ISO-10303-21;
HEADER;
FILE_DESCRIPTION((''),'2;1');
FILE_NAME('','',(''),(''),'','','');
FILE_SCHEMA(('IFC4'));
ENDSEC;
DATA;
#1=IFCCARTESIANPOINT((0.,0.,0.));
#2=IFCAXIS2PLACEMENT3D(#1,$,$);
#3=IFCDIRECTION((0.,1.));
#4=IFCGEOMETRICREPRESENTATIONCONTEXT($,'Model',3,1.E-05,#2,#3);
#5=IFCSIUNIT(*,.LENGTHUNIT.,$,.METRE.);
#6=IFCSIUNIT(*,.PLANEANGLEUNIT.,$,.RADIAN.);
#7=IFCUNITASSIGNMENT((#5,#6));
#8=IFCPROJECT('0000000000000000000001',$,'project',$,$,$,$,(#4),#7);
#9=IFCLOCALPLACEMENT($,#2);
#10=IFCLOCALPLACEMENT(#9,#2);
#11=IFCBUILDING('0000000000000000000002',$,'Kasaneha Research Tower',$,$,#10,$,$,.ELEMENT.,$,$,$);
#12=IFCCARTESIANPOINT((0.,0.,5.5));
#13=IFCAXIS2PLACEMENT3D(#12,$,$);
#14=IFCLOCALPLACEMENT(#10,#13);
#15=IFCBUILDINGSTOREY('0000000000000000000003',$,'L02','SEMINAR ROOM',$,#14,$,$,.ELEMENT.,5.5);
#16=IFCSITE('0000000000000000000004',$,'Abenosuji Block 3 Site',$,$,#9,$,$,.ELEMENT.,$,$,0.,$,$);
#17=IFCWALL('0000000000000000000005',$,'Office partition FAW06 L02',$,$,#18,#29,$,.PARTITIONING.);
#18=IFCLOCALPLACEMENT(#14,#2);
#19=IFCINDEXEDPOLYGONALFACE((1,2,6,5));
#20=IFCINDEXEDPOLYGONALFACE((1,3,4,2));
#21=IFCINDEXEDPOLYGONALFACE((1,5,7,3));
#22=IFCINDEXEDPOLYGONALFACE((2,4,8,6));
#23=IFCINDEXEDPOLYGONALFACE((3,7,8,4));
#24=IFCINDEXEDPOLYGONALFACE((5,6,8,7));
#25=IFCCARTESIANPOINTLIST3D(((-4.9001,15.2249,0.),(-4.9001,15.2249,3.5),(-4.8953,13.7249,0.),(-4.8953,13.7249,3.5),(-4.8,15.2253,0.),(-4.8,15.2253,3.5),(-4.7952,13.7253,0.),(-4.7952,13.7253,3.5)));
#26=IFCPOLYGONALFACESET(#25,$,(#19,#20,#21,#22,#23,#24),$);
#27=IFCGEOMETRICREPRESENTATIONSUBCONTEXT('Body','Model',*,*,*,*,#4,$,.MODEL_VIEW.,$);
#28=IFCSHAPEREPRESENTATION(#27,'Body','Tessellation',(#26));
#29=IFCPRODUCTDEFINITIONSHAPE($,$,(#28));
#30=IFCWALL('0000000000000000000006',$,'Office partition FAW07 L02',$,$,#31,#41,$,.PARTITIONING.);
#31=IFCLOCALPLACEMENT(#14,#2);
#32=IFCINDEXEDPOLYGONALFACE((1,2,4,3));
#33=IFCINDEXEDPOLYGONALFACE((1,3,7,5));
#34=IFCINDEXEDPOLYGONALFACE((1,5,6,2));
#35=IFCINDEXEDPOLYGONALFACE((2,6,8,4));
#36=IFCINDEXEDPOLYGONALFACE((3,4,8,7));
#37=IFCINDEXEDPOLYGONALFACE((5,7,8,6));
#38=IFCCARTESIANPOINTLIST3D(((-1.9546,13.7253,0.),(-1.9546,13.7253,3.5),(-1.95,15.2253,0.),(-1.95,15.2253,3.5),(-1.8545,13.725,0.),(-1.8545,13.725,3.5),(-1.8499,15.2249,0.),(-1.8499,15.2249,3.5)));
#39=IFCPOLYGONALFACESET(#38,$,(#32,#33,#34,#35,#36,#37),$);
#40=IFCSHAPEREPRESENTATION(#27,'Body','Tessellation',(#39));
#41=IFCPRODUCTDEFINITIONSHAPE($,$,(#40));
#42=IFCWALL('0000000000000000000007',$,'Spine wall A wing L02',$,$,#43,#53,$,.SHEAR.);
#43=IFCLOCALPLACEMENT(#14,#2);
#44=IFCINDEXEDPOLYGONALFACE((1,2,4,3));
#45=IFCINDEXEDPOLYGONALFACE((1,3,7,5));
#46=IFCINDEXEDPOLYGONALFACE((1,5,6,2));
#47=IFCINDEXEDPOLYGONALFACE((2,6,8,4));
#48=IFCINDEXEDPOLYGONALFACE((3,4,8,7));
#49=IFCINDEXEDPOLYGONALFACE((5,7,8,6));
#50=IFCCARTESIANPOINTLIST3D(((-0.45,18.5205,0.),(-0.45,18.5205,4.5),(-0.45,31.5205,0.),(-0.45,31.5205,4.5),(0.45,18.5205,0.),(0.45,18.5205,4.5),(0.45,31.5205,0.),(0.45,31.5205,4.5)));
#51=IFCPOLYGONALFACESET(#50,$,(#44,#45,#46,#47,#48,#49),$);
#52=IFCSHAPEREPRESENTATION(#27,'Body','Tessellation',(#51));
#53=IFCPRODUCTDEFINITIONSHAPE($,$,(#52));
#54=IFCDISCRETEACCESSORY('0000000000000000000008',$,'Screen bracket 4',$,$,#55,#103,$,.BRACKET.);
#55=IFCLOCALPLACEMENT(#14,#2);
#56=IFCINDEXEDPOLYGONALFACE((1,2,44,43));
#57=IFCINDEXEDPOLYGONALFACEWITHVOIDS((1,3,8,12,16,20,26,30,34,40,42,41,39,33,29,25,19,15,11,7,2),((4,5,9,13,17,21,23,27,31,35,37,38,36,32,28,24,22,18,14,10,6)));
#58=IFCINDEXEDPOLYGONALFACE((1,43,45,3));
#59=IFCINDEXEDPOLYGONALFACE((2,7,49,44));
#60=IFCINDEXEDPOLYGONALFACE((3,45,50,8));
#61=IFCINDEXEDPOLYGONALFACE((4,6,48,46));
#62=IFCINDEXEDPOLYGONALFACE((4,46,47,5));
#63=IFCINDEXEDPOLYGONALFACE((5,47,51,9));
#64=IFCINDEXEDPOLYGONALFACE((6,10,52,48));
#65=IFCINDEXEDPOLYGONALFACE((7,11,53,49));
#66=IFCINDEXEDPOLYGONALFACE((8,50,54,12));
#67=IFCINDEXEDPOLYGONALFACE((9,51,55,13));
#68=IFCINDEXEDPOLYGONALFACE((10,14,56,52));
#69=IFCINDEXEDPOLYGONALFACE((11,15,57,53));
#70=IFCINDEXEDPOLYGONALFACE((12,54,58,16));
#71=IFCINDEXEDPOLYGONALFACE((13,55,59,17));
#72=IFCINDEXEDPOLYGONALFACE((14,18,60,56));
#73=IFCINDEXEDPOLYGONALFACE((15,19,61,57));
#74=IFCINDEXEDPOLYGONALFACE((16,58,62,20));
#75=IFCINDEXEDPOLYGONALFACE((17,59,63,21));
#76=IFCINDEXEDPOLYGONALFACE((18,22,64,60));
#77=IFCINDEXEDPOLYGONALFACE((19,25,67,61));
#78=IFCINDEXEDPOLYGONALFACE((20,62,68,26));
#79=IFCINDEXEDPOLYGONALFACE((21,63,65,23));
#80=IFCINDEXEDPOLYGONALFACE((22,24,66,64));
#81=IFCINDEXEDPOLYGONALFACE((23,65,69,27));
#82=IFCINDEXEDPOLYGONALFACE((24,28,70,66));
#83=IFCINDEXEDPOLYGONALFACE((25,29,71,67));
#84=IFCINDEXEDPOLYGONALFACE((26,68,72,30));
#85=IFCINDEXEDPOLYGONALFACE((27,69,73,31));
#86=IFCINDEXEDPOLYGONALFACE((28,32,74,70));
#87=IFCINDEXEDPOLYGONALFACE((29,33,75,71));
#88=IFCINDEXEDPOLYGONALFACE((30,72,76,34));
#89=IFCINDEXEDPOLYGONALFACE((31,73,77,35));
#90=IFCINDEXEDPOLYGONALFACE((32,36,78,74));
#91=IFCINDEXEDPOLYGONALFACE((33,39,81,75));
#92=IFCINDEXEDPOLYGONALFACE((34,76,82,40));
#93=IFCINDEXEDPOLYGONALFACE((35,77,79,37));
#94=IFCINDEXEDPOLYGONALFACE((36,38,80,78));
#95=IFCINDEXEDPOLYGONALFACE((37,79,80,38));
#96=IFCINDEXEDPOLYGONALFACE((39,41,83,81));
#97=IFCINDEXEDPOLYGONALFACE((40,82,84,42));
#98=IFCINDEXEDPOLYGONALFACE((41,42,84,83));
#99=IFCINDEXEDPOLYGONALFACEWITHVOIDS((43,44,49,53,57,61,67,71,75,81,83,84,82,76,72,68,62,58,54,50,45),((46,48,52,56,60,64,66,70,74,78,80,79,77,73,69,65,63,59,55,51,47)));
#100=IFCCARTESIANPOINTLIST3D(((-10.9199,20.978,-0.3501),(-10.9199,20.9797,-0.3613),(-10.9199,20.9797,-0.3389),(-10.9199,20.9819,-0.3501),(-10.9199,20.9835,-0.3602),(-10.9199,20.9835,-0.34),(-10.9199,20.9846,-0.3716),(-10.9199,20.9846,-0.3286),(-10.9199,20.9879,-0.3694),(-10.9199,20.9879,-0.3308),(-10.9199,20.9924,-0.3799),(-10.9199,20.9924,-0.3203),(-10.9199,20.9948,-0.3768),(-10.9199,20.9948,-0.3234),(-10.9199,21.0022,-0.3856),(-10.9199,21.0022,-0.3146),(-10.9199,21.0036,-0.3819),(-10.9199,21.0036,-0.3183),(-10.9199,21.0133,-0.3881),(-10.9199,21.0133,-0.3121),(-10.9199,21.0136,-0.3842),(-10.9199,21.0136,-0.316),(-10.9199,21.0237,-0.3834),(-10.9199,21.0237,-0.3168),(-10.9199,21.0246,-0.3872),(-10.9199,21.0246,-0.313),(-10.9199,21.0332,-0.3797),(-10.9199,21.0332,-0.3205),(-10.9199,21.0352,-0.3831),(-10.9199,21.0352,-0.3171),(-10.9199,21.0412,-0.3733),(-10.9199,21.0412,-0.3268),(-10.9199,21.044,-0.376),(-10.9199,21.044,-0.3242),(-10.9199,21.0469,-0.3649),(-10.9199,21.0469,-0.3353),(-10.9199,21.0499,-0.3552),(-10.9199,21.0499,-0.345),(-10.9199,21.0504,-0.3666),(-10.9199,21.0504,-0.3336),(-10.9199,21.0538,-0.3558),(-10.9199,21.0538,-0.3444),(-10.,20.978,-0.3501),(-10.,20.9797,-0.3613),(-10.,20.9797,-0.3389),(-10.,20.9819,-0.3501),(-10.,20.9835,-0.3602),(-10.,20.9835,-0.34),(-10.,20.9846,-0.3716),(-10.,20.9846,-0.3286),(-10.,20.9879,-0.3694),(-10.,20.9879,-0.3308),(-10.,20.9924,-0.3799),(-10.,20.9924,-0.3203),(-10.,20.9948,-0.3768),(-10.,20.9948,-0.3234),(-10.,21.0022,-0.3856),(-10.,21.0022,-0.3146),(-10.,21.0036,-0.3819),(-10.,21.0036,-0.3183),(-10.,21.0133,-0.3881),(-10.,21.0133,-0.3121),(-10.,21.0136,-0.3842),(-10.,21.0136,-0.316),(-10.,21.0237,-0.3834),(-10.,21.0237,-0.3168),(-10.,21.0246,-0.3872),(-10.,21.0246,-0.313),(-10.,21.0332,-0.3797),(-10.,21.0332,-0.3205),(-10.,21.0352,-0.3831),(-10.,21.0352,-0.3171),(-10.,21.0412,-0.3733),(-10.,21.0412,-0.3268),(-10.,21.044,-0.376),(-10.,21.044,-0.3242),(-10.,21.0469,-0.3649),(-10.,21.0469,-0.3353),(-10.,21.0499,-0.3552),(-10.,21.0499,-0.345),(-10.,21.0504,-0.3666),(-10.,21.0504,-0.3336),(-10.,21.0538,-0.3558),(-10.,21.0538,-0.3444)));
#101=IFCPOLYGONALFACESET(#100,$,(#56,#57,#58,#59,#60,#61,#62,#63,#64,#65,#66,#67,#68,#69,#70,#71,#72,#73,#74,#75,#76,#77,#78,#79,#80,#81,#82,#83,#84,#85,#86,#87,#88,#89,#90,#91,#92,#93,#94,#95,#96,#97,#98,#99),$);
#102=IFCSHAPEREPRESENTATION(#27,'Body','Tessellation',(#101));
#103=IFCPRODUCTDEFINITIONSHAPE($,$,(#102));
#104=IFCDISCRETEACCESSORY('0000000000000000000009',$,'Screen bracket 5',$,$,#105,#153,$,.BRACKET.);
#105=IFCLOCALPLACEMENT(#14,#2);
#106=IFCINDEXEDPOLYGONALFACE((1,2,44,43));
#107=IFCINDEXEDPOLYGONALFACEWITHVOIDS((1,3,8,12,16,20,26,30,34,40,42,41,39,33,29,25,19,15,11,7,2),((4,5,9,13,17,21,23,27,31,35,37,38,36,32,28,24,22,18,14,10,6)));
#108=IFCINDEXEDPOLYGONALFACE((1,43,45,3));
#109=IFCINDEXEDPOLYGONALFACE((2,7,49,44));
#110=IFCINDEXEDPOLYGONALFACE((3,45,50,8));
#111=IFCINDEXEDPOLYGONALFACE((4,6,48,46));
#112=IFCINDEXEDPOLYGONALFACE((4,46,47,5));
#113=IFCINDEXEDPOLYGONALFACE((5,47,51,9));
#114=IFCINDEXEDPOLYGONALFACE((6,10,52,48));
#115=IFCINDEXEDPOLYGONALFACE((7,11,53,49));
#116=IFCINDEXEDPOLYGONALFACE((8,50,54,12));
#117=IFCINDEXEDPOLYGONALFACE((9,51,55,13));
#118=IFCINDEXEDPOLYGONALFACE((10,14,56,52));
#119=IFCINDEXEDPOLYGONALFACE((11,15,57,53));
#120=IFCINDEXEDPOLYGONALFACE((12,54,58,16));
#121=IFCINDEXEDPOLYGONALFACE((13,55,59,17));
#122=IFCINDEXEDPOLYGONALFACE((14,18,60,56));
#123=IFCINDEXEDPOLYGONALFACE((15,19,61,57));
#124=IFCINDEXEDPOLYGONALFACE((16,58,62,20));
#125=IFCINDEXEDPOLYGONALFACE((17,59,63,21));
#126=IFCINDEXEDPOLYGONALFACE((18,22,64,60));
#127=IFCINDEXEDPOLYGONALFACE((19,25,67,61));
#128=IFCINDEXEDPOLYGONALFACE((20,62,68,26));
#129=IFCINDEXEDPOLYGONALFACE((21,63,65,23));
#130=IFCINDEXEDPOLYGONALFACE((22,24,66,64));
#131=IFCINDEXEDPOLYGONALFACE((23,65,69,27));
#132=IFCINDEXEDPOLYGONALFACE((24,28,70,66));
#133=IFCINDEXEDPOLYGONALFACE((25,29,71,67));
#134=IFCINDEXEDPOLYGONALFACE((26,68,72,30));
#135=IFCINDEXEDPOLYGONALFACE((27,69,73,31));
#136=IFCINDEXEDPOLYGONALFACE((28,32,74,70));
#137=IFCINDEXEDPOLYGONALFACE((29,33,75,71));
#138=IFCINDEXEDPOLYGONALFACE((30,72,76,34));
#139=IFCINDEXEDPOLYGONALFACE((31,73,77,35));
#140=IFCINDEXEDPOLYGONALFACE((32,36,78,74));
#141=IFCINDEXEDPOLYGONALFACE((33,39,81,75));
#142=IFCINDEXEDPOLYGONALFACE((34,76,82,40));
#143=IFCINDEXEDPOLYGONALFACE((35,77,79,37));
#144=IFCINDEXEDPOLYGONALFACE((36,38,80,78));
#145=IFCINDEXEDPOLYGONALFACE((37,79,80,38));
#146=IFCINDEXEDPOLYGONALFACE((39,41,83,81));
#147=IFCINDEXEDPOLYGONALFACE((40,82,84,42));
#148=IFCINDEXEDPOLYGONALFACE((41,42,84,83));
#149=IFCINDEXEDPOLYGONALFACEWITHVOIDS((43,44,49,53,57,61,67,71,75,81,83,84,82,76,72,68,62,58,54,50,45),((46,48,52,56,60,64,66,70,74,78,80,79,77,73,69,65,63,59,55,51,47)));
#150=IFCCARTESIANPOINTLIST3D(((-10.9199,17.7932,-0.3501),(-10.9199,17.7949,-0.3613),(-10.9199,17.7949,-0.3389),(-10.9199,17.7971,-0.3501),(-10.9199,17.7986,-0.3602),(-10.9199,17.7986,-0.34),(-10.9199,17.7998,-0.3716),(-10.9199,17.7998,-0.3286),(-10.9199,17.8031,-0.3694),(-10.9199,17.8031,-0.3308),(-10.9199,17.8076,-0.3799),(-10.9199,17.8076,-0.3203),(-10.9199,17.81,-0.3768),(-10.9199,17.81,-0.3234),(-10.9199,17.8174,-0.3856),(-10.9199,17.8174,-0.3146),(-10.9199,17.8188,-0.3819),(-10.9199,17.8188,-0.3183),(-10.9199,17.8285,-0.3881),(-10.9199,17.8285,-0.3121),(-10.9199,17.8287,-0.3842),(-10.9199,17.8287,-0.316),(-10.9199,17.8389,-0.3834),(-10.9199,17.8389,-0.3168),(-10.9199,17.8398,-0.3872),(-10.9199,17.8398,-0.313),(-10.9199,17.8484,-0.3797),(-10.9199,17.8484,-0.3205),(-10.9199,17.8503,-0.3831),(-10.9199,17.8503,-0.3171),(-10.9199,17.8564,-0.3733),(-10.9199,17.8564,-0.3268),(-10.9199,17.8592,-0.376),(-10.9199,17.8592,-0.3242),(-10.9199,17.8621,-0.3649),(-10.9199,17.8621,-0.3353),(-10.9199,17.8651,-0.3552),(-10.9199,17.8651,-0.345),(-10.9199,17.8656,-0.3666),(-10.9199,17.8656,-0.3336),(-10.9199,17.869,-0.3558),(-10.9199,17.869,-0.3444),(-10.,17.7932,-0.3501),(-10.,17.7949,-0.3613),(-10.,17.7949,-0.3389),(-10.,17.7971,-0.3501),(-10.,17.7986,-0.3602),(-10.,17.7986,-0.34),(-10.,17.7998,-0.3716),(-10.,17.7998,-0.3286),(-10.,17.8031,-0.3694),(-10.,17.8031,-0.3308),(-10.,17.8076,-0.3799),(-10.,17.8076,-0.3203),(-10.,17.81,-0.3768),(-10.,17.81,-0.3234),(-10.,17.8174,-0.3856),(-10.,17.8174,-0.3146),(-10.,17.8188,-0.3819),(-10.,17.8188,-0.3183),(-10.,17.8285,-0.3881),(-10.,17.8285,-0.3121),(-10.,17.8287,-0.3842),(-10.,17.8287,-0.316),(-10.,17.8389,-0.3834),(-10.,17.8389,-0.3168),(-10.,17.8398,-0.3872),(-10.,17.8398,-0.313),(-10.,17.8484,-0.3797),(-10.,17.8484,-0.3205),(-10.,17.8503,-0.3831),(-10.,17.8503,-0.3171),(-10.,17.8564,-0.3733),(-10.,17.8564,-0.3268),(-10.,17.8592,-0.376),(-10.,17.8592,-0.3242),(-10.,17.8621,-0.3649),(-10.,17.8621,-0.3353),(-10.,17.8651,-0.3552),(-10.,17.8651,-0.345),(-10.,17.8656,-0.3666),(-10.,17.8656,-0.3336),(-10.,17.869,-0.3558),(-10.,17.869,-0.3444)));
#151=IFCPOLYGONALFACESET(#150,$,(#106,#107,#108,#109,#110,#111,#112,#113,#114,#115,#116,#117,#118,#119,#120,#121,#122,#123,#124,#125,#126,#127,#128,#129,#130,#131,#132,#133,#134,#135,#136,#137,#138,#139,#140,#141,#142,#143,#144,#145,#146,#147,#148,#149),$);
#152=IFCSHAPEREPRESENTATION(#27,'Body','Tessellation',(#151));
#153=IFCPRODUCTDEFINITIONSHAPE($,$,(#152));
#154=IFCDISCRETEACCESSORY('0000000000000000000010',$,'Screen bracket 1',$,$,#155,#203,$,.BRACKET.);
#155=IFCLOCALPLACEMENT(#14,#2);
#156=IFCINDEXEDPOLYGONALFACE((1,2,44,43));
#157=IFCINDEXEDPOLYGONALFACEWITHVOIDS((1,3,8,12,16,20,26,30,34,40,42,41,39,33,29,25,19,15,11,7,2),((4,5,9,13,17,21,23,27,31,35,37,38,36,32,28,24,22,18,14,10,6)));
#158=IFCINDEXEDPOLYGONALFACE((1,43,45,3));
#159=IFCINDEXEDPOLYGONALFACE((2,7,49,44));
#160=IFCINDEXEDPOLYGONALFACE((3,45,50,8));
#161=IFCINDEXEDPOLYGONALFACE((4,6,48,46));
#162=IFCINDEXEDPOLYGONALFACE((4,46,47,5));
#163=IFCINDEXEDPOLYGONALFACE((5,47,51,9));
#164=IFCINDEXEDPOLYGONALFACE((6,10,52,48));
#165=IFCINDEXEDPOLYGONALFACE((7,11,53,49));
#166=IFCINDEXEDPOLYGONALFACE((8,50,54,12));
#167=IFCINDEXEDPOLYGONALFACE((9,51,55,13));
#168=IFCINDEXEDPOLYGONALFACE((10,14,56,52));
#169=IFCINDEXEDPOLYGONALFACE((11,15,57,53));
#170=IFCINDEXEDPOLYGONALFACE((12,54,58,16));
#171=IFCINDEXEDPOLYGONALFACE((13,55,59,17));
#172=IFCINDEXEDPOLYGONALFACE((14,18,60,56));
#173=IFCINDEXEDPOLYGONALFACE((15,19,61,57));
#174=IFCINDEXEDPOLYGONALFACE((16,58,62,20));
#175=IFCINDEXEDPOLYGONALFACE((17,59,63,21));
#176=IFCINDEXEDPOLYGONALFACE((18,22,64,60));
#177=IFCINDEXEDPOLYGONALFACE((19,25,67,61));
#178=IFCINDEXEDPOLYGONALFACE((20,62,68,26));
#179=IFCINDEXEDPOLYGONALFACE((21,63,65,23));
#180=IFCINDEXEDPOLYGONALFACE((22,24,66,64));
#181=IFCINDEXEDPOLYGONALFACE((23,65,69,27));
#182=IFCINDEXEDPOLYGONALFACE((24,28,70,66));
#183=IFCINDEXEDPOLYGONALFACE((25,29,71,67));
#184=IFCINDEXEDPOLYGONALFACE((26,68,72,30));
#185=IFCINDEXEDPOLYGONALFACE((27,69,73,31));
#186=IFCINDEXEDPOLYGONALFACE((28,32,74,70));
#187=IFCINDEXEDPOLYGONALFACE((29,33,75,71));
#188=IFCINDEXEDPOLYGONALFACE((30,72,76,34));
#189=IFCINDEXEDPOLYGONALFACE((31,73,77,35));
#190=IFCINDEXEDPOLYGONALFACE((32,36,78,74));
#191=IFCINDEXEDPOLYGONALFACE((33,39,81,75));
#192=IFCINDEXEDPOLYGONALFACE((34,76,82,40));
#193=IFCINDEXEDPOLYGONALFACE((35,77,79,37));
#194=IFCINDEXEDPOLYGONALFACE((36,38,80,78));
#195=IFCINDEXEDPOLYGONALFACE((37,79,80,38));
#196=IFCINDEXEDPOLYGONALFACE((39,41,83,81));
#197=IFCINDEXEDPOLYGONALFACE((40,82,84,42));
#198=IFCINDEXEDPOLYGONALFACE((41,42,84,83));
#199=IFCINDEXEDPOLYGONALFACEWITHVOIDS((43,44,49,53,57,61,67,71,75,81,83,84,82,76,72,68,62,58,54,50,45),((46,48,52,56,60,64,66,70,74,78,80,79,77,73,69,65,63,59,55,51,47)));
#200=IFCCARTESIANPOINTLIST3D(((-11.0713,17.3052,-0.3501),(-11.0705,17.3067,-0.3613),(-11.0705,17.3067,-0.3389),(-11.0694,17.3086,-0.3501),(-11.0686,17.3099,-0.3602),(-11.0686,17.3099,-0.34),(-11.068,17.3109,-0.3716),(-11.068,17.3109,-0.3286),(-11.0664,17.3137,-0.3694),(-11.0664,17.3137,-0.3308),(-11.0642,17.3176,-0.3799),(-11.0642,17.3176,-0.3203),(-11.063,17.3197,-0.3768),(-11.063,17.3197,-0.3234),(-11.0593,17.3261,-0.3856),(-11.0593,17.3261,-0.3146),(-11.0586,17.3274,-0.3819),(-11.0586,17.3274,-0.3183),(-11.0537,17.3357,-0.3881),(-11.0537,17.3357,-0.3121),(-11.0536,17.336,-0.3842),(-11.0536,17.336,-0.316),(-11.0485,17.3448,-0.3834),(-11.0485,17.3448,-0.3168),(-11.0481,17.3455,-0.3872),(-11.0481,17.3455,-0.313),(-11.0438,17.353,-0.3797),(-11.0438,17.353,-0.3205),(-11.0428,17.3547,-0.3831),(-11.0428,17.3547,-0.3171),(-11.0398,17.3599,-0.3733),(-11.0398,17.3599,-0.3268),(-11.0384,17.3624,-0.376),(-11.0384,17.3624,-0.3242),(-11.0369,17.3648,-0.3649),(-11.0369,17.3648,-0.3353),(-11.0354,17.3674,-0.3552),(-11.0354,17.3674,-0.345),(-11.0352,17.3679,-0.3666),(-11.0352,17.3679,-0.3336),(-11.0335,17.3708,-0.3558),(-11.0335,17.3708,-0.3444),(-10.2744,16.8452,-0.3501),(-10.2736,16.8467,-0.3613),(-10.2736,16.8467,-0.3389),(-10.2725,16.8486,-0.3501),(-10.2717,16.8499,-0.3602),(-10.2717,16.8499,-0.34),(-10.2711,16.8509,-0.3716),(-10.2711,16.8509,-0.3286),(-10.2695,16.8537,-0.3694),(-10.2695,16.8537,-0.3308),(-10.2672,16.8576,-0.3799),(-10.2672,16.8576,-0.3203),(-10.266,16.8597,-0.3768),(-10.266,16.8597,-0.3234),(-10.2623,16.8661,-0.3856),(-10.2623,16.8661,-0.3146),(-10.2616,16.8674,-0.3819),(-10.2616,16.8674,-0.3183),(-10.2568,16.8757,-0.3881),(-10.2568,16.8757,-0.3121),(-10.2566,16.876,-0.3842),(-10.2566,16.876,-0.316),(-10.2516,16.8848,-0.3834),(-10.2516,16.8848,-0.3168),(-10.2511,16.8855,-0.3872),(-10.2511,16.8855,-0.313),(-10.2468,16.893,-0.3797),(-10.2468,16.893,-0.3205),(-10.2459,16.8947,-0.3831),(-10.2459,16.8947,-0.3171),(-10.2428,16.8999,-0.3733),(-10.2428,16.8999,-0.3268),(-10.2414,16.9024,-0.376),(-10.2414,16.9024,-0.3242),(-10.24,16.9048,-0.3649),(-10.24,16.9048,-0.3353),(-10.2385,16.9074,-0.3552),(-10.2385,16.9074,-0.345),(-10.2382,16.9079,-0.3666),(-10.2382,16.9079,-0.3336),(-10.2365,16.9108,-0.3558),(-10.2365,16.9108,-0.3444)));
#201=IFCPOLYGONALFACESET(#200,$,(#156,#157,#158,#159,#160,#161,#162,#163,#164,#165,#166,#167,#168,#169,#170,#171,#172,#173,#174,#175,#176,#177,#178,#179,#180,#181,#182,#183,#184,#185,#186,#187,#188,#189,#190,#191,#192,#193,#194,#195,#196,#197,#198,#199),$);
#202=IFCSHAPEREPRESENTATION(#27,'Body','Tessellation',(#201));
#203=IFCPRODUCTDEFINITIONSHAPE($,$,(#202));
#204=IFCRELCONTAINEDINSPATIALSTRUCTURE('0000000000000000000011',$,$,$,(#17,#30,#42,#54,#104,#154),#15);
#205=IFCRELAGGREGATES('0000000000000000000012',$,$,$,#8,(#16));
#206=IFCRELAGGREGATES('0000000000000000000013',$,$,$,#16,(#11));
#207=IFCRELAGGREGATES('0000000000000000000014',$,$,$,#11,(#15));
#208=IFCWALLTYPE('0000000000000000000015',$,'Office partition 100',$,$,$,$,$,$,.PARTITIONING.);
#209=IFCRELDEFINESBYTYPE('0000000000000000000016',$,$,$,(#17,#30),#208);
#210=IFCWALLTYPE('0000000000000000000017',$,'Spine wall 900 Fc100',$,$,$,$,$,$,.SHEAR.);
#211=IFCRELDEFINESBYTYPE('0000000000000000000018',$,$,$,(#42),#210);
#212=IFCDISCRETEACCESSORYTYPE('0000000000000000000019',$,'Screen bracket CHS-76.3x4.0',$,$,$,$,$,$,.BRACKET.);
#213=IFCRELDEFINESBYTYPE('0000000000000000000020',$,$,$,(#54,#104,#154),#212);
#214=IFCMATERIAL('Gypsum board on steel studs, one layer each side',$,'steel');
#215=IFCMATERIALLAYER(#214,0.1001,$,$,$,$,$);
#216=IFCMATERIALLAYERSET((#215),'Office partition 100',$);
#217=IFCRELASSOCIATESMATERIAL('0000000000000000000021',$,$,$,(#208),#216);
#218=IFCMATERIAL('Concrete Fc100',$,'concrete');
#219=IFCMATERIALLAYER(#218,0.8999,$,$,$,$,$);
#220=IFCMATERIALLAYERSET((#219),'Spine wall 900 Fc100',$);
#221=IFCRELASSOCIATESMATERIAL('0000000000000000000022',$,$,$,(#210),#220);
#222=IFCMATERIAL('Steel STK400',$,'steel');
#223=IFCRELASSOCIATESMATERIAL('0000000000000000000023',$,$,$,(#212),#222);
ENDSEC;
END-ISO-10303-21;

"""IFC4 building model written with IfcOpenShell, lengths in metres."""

from ifc_helpers import new_model, si_unit, direction, frame, frame_2d, origin, origin_2d, place, context, subcontext, project, spatial, rectangle, hollow_circle, extrude, material, layer, layer_set, material_profile, profile_set, type_object, element, save


model = new_model("IFC4")

# Units and contexts
model_context = context("Model", 3, precision=1e-05, world=origin(), true_north=direction((0.0, 1.0)))
body_context = subcontext(model_context, "Body", "Model", "MODEL_VIEW")
ifc_project = project(units=[si_unit("LENGTHUNIT", "METRE"), si_unit("PLANEANGLEUNIT", "RADIAN")], contexts=[model_context])

# Site, building, storey
site_placement = place(None, origin())
site = spatial("IfcSite", under=ifc_project, at=site_placement, Name="Abenosuji Block 3 Site", CompositionType="ELEMENT", RefElevation=0.0)
building_placement = place(site_placement, origin())
building = spatial("IfcBuilding", under=site, at=building_placement, Name="Kasaneha Research Tower", CompositionType="ELEMENT")
storey_placement = place(building_placement, frame((0.0, 0.0, 5.5)))
storey = spatial("IfcBuildingStorey", under=building, at=storey_placement, Name="L02", Description="SEMINAR ROOM", CompositionType="ELEMENT", Elevation=5.5)

# Shared definitions
ifc_material_1 = material(Name="Gypsum board on steel studs, one layer each side", Category="steel")
ifc_layer_1 = layer(ifc_material_1, 0.1001)
ifc_layer_set_1 = layer_set([ifc_layer_1], Name="Office partition 100")
wall_type_1 = type_object("IfcWallType", Name="Office partition 100", PredefinedType="PARTITIONING", material=ifc_layer_set_1)

# Walls
for number, where, z_axis, x_axis, name in (
    (1, (-4.8452, 13.7251, 0.0), (0.0, 0.0, 1.0), (-0.003255, 0.999995, 0.0), "Office partition FAW06 L02"),
    (2, (-1.8999, 15.2251, 0.0), (0.0, 0.0, 1.0), (-0.003092, -0.999995, 0.0), "Office partition FAW07 L02"),
):
    element("IfcWall", number, at=place(storey_placement, frame(where, z_axis=z_axis, x_axis=x_axis)), inside=storey, type_object=wall_type_1, Name=name, PredefinedType="PARTITIONING", context=body_context, shape_type="SweptSolid", body=[
        extrude(rectangle(XDim=1.5, YDim=0.1001, at=frame_2d((0.75, 0.0))), origin(), (0.0, 0.0, 1.0), 3.5),
    ])
ifc_material_2 = material(Name="Concrete Fc100", Category="concrete")
ifc_layer_2 = layer(ifc_material_2, 0.8999)
ifc_layer_set_2 = layer_set([ifc_layer_2], Name="Spine wall 900 Fc100")
wall_type_2 = type_object("IfcWallType", Name="Spine wall 900 Fc100", PredefinedType="SHEAR", material=ifc_layer_set_2)
wall_1_placement = place(storey_placement, frame((0.0, 18.5205, 0.0), z_axis=(0.0, 0.0, 1.0), x_axis=(0.0, 1.0, 0.0)))
element("IfcWall", 3, at=wall_1_placement, inside=storey, type_object=wall_type_2, Name="Spine wall A wing L02", PredefinedType="SHEAR", context=body_context, shape_type="SweptSolid", body=[
    extrude(rectangle(XDim=13.0, YDim=0.8999, at=frame_2d((6.5, 0.0))), origin(), (0.0, 0.0, 1.0), 4.5),
])

# Discrete accessories
ifc_material_3 = material(Name="Steel STK400", Category="steel")
ifc_material_profile_1 = material_profile(ifc_material_3, hollow_circle(Radius=0.0381, WallThickness=0.0039, at=origin_2d()), Name="CHS-76.3x4.0")
ifc_profile_set_1 = profile_set([ifc_material_profile_1], Name="Steel STK400")
discrete_accessory_type = type_object("IfcDiscreteAccessoryType", Name="Screen bracket CHS-76.3x4.0", PredefinedType="BRACKET", material=ifc_profile_set_1)
for number, where, z_axis, x_axis, name in (
    (4, (-10.0, 21.0161, -0.3501), (-1.0, 0.0, 0.0), (0.0, -1.0, 0.0), "Screen bracket 4"),
    (5, (-10.0, 17.8313, -0.3501), (-1.0, 0.0, 0.0), (0.0, -1.0, 0.0), "Screen bracket 5"),
):
    element("IfcDiscreteAccessory", number, at=place(storey_placement, frame(where, z_axis=z_axis, x_axis=x_axis)), inside=storey, type_object=discrete_accessory_type, Name=name, PredefinedType="BRACKET", context=body_context, shape_type="SweptSolid", body=[
        extrude(hollow_circle(Radius=0.0381, WallThickness=0.0039, at=origin_2d()), origin(), (0.0, 0.0, 1.0), 0.9199),
    ])
discrete_accessory_1_placement = place(storey_placement, frame((-10.2554, 16.8782, -0.3501), z_axis=(-0.86608, 0.499906, 0.0), x_axis=(-0.499906, -0.86608, 0.0)))
element("IfcDiscreteAccessory", 6, at=discrete_accessory_1_placement, inside=storey, type_object=discrete_accessory_type, Name="Screen bracket 1", PredefinedType="BRACKET", context=body_context, shape_type="SweptSolid", body=[
    extrude(hollow_circle(Radius=0.0381, WallThickness=0.0039, at=origin_2d()), origin(), (0.0, 0.0, 1.0), 0.9202),
])

save(model, "model.ifc")
